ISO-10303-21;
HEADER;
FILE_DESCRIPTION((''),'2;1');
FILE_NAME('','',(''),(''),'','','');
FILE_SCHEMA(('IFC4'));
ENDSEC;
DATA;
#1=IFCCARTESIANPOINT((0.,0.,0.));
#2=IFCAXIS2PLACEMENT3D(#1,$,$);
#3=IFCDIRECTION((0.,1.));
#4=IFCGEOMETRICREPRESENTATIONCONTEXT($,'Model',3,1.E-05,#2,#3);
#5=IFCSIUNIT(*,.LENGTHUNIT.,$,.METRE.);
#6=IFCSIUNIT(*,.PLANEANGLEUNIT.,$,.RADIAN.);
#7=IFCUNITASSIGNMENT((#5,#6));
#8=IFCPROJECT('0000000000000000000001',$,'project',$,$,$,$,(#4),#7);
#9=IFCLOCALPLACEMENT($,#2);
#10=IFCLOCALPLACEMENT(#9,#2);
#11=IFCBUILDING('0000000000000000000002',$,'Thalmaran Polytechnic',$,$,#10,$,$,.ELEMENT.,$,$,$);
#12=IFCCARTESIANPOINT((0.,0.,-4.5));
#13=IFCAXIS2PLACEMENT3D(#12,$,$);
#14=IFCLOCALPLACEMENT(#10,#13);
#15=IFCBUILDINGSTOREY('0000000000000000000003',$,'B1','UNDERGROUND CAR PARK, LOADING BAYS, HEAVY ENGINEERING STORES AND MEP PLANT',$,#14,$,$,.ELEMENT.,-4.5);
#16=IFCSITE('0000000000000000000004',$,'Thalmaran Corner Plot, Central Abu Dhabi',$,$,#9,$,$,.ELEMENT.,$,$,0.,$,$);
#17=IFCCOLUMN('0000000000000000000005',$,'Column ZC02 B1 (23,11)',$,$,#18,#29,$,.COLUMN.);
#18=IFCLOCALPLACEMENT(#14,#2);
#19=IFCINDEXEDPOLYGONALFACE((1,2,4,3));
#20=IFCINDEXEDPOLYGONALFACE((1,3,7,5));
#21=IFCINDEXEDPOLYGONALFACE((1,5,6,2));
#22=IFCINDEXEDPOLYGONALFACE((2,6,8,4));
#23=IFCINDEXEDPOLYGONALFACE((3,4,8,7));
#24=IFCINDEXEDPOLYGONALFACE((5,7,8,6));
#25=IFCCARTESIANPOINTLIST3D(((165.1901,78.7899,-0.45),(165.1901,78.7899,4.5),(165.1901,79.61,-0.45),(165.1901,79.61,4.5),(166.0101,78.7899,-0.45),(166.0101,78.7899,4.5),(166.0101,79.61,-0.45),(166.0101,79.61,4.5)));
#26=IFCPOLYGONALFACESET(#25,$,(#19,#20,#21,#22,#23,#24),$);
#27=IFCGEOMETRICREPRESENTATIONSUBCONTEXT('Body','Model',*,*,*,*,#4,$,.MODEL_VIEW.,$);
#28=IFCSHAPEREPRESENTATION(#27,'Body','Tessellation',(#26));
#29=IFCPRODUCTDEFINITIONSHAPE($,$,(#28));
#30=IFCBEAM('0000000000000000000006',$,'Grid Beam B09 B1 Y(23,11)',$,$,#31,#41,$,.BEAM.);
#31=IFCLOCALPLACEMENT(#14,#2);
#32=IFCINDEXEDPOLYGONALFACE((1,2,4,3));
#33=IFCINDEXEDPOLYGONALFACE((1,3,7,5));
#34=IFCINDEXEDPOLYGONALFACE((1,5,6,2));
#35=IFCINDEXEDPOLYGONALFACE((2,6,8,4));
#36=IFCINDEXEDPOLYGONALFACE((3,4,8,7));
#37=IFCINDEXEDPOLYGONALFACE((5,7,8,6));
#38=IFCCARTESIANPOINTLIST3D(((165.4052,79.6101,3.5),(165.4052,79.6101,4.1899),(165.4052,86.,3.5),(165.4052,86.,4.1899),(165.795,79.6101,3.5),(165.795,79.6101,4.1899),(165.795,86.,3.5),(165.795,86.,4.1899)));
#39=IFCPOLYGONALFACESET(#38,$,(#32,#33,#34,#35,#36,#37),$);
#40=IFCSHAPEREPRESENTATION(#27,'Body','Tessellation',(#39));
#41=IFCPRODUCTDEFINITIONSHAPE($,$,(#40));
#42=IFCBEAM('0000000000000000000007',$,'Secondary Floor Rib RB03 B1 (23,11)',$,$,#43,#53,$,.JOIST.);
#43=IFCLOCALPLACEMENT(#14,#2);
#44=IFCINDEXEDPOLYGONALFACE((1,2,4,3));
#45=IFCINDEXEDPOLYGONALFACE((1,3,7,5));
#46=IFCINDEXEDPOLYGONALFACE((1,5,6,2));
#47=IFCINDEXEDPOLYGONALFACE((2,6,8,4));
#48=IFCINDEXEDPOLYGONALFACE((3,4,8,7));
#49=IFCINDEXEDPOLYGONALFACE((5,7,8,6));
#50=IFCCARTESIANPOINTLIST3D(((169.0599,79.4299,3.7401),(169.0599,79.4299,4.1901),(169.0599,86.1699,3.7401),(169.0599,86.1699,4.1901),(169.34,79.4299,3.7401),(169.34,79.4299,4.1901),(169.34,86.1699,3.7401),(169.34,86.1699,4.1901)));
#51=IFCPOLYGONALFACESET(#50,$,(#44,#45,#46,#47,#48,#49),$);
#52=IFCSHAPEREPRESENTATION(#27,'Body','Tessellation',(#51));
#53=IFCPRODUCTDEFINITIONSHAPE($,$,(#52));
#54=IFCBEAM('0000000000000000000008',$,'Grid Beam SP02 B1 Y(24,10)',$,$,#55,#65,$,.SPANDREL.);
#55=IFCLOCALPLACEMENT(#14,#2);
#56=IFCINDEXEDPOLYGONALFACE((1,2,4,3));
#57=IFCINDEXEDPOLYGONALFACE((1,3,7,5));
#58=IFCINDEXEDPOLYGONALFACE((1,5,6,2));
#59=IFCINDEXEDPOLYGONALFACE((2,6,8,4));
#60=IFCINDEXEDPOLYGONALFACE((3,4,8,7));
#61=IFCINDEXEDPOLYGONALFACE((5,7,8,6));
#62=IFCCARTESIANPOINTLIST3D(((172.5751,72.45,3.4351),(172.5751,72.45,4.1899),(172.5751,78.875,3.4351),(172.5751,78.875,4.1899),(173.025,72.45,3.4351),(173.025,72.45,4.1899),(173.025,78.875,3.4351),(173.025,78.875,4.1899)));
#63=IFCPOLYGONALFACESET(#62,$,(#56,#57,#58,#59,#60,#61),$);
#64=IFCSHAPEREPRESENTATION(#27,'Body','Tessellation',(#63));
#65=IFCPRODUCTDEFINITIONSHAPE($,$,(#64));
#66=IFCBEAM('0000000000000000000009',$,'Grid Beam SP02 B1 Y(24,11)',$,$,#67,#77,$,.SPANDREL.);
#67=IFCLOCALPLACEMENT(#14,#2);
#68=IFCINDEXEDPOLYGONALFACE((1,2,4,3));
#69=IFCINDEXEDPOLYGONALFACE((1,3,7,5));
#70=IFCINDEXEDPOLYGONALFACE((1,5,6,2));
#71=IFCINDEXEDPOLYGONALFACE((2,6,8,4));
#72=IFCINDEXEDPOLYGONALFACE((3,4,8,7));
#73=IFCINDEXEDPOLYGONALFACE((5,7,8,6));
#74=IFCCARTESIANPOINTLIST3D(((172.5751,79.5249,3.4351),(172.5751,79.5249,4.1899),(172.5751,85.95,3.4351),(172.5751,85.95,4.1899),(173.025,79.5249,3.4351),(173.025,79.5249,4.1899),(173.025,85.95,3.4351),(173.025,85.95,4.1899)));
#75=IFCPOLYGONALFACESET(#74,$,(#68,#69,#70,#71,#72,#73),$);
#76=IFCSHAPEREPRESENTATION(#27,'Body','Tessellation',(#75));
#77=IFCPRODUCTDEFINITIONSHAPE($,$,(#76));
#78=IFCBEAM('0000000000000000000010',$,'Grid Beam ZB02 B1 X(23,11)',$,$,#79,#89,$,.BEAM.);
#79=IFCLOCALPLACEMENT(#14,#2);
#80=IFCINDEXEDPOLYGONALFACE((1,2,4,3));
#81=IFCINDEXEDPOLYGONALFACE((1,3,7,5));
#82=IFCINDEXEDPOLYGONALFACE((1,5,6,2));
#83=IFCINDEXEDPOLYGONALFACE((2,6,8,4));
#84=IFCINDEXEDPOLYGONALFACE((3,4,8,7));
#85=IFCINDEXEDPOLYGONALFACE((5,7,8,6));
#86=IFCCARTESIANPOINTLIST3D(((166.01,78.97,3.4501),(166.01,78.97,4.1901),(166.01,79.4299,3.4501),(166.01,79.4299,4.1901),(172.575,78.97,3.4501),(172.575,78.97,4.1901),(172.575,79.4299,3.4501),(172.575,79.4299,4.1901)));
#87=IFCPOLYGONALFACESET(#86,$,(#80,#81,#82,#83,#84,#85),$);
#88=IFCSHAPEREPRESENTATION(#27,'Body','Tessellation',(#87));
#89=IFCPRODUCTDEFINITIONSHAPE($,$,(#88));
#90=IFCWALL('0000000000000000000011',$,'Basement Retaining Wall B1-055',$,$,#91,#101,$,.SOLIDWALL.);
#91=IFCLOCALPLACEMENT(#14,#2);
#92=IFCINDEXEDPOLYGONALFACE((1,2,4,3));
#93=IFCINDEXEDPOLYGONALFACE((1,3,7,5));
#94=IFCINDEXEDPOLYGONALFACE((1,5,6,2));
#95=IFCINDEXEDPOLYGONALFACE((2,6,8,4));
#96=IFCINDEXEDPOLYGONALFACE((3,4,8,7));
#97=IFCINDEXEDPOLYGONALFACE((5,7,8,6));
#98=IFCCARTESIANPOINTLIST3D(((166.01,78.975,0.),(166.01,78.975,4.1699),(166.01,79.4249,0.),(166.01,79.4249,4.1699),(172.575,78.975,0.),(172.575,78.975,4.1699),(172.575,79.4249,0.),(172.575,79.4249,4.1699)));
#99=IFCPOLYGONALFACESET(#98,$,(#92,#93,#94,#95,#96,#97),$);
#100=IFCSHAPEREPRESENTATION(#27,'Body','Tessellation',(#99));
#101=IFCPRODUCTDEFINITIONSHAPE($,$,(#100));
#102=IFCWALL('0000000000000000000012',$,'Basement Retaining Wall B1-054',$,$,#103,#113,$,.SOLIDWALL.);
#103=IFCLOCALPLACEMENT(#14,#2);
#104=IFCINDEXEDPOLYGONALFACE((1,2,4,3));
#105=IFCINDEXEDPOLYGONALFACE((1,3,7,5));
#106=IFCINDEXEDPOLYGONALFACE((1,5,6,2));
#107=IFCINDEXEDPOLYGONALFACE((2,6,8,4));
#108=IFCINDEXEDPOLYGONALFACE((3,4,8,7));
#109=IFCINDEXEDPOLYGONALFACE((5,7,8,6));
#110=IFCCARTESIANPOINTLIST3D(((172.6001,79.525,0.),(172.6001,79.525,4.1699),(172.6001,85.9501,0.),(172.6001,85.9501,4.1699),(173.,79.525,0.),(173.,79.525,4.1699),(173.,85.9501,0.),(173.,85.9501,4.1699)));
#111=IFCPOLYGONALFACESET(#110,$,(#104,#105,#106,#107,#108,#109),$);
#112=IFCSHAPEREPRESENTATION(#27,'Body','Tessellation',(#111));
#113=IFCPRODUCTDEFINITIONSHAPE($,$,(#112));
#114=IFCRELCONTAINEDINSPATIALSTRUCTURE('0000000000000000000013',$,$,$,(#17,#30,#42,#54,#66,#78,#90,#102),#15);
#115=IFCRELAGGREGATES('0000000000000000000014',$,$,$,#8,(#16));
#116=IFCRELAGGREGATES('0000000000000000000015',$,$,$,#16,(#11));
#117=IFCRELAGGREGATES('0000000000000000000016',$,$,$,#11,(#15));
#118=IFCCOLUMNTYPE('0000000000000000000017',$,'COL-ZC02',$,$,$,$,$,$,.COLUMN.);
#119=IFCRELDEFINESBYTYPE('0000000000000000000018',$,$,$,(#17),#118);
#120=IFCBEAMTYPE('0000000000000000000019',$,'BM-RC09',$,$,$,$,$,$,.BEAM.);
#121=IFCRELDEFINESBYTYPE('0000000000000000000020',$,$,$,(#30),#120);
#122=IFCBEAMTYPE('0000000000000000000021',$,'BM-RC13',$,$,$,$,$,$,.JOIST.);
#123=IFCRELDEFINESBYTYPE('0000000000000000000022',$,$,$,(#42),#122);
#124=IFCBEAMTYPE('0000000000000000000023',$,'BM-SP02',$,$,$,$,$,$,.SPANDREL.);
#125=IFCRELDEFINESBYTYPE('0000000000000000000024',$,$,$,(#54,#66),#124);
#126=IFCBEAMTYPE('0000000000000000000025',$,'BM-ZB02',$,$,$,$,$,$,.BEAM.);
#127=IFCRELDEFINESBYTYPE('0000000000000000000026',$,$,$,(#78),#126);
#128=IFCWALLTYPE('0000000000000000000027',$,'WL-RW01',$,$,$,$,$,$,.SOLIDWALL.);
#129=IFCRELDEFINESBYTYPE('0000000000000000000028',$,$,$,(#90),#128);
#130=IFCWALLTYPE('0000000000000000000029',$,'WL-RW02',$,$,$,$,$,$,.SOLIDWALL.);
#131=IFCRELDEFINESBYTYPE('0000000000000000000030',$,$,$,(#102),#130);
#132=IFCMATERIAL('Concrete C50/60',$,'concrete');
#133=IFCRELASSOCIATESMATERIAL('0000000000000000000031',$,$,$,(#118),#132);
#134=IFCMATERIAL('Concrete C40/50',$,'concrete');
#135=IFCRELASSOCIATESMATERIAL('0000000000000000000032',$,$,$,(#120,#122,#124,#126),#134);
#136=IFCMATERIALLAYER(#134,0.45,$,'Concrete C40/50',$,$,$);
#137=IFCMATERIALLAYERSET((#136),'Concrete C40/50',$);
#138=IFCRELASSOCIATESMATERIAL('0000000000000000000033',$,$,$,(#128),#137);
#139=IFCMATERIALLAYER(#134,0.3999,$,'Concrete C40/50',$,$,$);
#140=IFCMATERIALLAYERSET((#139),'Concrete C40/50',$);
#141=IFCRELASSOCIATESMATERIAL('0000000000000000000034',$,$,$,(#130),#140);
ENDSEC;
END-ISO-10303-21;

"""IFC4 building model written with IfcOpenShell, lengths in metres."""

from ifc_helpers import new_model, si_unit, direction, frame, frame_2d, origin, origin_2d, place, context, subcontext, project, spatial, rectangle, extrude, material, layer, layer_set, material_profile, profile_set, type_object, element, save


model = new_model("IFC4")

# Units and contexts
model_context = context("Model", 3, precision=1e-05, world=origin(), true_north=direction((0.0, 1.0)))
body_context = subcontext(model_context, "Body", "Model", "MODEL_VIEW")
ifc_project = project(units=[si_unit("LENGTHUNIT", "METRE"), si_unit("PLANEANGLEUNIT", "RADIAN")], contexts=[model_context])

# Site, building, storey
site_placement = place(None, origin())
site = spatial("IfcSite", under=ifc_project, at=site_placement, Name="Thalmaran Corner Plot, Central Abu Dhabi", CompositionType="ELEMENT", RefElevation=0.0)
building_placement = place(site_placement, origin())
building = spatial("IfcBuilding", under=site, at=building_placement, Name="Thalmaran Polytechnic", CompositionType="ELEMENT")
storey_placement = place(building_placement, frame((0.0, 0.0, -4.5)))
storey = spatial("IfcBuildingStorey", under=building, at=storey_placement, Name="B1", Description="UNDERGROUND CAR PARK, LOADING BAYS, HEAVY ENGINEERING STORES AND MEP PLANT", CompositionType="ELEMENT", Elevation=-4.5)

# Shared definitions
ifc_material_1 = material(Name="Concrete C40/50", Category="concrete")

# Column
ifc_material_2 = material(Name="Concrete C50/60", Category="concrete")
ifc_material_profile_1 = material_profile(ifc_material_2, rectangle(XDim=0.8201, YDim=0.8201, at=origin_2d()), Name="RC 820x820")
ifc_profile_set_1 = profile_set([ifc_material_profile_1], Name="Concrete C50/60")
column_type_1 = type_object("IfcColumnType", Name="COL-ZC02", PredefinedType="COLUMN", material=ifc_profile_set_1)
column_1_placement = place(storey_placement, frame((165.6001, 79.2, -0.45), z_axis=(0.0, 0.0, 1.0), x_axis=(1.0, 0.0, 0.0)))
element("IfcColumn", 1, at=column_1_placement, inside=storey, type_object=column_type_1, Name="Column ZC02 B1 (23,11)", PredefinedType="COLUMN", context=body_context, shape_type="SweptSolid", body=[
    extrude(rectangle(XDim=0.8201, YDim=0.8201, at=origin_2d()), origin(), (0.0, 0.0, 1.0), 4.95),
])

# Beams
ifc_material_profile_2 = material_profile(ifc_material_1, rectangle(XDim=0.3899, YDim=0.6899, at=origin_2d()), Name="RC 390x690")
ifc_profile_set_2 = profile_set([ifc_material_profile_2], Name="Concrete C40/50")
beam_type_1 = type_object("IfcBeamType", Name="BM-RC09", PredefinedType="BEAM", material=ifc_profile_set_2)
beam_1_placement = place(storey_placement, frame((165.6001, 79.6101, 3.845), z_axis=(0.0, 1.0, 0.0), x_axis=(-1.0, 0.0, 0.0)))
element("IfcBeam", 2, at=beam_1_placement, inside=storey, type_object=beam_type_1, Name="Grid Beam B09 B1 Y(23,11)", PredefinedType="BEAM", context=body_context, shape_type="SweptSolid", body=[
    extrude(rectangle(XDim=0.3899, YDim=0.6899, at=origin_2d()), origin(), (0.0, 0.0, 1.0), 6.3899),
])
ifc_material_profile_3 = material_profile(ifc_material_1, rectangle(XDim=0.28, YDim=0.45, at=origin_2d()), Name="RC 280x450")
ifc_profile_set_3 = profile_set([ifc_material_profile_3], Name="Concrete C40/50")
beam_type_2 = type_object("IfcBeamType", Name="BM-RC13", PredefinedType="JOIST", material=ifc_profile_set_3)
beam_2_placement = place(storey_placement, frame((169.2, 79.4299, 3.9651), z_axis=(0.0, 1.0, 0.0), x_axis=(-1.0, 0.0, 0.0)))
element("IfcBeam", 3, at=beam_2_placement, inside=storey, type_object=beam_type_2, Name="Secondary Floor Rib RB03 B1 (23,11)", PredefinedType="JOIST", context=body_context, shape_type="SweptSolid", body=[
    extrude(rectangle(XDim=0.28, YDim=0.45, at=origin_2d()), origin(), (0.0, 0.0, 1.0), 6.74),
])
ifc_material_profile_4 = material_profile(ifc_material_1, rectangle(XDim=0.45, YDim=0.7549, at=origin_2d()), Name="RC 450x755")
ifc_profile_set_4 = profile_set([ifc_material_profile_4], Name="Concrete C40/50")
beam_type_3 = type_object("IfcBeamType", Name="BM-SP02", PredefinedType="SPANDREL", material=ifc_profile_set_4)
for number, where, z_axis, x_axis, name in (
    (4, (172.8, 72.45, 3.8125), (0.0, 1.0, 0.0), (-1.0, 0.0, 0.0), "Grid Beam SP02 B1 Y(24,10)"),
    (5, (172.8, 79.5249, 3.8125), (0.0, 1.0, 0.0), (-1.0, 0.0, 0.0), "Grid Beam SP02 B1 Y(24,11)"),
):
    element("IfcBeam", number, at=place(storey_placement, frame(where, z_axis=z_axis, x_axis=x_axis)), inside=storey, type_object=beam_type_3, Name=name, PredefinedType="SPANDREL", context=body_context, shape_type="SweptSolid", body=[
        extrude(rectangle(XDim=0.45, YDim=0.7549, at=origin_2d()), origin(), (0.0, 0.0, 1.0), 6.425),
    ])
ifc_material_profile_5 = material_profile(ifc_material_1, rectangle(XDim=0.46, YDim=0.74, at=origin_2d()), Name="RC 460x740")
ifc_profile_set_5 = profile_set([ifc_material_profile_5], Name="Concrete C40/50")
beam_type_4 = type_object("IfcBeamType", Name="BM-ZB02", PredefinedType="BEAM", material=ifc_profile_set_5)
beam_3_placement = place(storey_placement, frame((166.01, 79.2, 3.8201), z_axis=(1.0, 0.0, 0.0), x_axis=(0.0, 1.0, 0.0)))
element("IfcBeam", 6, at=beam_3_placement, inside=storey, type_object=beam_type_4, Name="Grid Beam ZB02 B1 X(23,11)", PredefinedType="BEAM", context=body_context, shape_type="SweptSolid", body=[
    extrude(rectangle(XDim=0.46, YDim=0.74, at=origin_2d()), origin(), (0.0, 0.0, 1.0), 6.5649),
])

# Walls
ifc_layer_1 = layer(ifc_material_1, 0.45, Name="Concrete C40/50")
ifc_layer_set_1 = layer_set([ifc_layer_1], Name="Concrete C40/50")
wall_type_1 = type_object("IfcWallType", Name="WL-RW01", PredefinedType="SOLIDWALL", material=ifc_layer_set_1)
wall_1_placement = place(storey_placement, frame((172.575, 79.2, 0.0), z_axis=(0.0, 0.0, 1.0), x_axis=(-1.0, 0.0, 0.0)))
element("IfcWall", 7, at=wall_1_placement, inside=storey, type_object=wall_type_1, Name="Basement Retaining Wall B1-055", PredefinedType="SOLIDWALL", context=body_context, shape_type="SweptSolid", body=[
    extrude(rectangle(XDim=6.5649, YDim=0.45, at=frame_2d((3.2825, 0.0))), origin(), (0.0, 0.0, 1.0), 4.1699),
])
ifc_layer_2 = layer(ifc_material_1, 0.3999, Name="Concrete C40/50")
ifc_layer_set_2 = layer_set([ifc_layer_2], Name="Concrete C40/50")
wall_type_2 = type_object("IfcWallType", Name="WL-RW02", PredefinedType="SOLIDWALL", material=ifc_layer_set_2)
wall_2_placement = place(storey_placement, frame((172.8, 85.95, 0.0), z_axis=(0.0, 0.0, 1.0), x_axis=(0.0, -1.0, 0.0)))
element("IfcWall", 8, at=wall_2_placement, inside=storey, type_object=wall_type_2, Name="Basement Retaining Wall B1-054", PredefinedType="SOLIDWALL", context=body_context, shape_type="SweptSolid", body=[
    extrude(rectangle(XDim=6.425, YDim=0.3999, at=frame_2d((3.2124, 0.0))), origin(), (0.0, 0.0, 1.0), 4.1699),
])

save(model, "model.ifc")
